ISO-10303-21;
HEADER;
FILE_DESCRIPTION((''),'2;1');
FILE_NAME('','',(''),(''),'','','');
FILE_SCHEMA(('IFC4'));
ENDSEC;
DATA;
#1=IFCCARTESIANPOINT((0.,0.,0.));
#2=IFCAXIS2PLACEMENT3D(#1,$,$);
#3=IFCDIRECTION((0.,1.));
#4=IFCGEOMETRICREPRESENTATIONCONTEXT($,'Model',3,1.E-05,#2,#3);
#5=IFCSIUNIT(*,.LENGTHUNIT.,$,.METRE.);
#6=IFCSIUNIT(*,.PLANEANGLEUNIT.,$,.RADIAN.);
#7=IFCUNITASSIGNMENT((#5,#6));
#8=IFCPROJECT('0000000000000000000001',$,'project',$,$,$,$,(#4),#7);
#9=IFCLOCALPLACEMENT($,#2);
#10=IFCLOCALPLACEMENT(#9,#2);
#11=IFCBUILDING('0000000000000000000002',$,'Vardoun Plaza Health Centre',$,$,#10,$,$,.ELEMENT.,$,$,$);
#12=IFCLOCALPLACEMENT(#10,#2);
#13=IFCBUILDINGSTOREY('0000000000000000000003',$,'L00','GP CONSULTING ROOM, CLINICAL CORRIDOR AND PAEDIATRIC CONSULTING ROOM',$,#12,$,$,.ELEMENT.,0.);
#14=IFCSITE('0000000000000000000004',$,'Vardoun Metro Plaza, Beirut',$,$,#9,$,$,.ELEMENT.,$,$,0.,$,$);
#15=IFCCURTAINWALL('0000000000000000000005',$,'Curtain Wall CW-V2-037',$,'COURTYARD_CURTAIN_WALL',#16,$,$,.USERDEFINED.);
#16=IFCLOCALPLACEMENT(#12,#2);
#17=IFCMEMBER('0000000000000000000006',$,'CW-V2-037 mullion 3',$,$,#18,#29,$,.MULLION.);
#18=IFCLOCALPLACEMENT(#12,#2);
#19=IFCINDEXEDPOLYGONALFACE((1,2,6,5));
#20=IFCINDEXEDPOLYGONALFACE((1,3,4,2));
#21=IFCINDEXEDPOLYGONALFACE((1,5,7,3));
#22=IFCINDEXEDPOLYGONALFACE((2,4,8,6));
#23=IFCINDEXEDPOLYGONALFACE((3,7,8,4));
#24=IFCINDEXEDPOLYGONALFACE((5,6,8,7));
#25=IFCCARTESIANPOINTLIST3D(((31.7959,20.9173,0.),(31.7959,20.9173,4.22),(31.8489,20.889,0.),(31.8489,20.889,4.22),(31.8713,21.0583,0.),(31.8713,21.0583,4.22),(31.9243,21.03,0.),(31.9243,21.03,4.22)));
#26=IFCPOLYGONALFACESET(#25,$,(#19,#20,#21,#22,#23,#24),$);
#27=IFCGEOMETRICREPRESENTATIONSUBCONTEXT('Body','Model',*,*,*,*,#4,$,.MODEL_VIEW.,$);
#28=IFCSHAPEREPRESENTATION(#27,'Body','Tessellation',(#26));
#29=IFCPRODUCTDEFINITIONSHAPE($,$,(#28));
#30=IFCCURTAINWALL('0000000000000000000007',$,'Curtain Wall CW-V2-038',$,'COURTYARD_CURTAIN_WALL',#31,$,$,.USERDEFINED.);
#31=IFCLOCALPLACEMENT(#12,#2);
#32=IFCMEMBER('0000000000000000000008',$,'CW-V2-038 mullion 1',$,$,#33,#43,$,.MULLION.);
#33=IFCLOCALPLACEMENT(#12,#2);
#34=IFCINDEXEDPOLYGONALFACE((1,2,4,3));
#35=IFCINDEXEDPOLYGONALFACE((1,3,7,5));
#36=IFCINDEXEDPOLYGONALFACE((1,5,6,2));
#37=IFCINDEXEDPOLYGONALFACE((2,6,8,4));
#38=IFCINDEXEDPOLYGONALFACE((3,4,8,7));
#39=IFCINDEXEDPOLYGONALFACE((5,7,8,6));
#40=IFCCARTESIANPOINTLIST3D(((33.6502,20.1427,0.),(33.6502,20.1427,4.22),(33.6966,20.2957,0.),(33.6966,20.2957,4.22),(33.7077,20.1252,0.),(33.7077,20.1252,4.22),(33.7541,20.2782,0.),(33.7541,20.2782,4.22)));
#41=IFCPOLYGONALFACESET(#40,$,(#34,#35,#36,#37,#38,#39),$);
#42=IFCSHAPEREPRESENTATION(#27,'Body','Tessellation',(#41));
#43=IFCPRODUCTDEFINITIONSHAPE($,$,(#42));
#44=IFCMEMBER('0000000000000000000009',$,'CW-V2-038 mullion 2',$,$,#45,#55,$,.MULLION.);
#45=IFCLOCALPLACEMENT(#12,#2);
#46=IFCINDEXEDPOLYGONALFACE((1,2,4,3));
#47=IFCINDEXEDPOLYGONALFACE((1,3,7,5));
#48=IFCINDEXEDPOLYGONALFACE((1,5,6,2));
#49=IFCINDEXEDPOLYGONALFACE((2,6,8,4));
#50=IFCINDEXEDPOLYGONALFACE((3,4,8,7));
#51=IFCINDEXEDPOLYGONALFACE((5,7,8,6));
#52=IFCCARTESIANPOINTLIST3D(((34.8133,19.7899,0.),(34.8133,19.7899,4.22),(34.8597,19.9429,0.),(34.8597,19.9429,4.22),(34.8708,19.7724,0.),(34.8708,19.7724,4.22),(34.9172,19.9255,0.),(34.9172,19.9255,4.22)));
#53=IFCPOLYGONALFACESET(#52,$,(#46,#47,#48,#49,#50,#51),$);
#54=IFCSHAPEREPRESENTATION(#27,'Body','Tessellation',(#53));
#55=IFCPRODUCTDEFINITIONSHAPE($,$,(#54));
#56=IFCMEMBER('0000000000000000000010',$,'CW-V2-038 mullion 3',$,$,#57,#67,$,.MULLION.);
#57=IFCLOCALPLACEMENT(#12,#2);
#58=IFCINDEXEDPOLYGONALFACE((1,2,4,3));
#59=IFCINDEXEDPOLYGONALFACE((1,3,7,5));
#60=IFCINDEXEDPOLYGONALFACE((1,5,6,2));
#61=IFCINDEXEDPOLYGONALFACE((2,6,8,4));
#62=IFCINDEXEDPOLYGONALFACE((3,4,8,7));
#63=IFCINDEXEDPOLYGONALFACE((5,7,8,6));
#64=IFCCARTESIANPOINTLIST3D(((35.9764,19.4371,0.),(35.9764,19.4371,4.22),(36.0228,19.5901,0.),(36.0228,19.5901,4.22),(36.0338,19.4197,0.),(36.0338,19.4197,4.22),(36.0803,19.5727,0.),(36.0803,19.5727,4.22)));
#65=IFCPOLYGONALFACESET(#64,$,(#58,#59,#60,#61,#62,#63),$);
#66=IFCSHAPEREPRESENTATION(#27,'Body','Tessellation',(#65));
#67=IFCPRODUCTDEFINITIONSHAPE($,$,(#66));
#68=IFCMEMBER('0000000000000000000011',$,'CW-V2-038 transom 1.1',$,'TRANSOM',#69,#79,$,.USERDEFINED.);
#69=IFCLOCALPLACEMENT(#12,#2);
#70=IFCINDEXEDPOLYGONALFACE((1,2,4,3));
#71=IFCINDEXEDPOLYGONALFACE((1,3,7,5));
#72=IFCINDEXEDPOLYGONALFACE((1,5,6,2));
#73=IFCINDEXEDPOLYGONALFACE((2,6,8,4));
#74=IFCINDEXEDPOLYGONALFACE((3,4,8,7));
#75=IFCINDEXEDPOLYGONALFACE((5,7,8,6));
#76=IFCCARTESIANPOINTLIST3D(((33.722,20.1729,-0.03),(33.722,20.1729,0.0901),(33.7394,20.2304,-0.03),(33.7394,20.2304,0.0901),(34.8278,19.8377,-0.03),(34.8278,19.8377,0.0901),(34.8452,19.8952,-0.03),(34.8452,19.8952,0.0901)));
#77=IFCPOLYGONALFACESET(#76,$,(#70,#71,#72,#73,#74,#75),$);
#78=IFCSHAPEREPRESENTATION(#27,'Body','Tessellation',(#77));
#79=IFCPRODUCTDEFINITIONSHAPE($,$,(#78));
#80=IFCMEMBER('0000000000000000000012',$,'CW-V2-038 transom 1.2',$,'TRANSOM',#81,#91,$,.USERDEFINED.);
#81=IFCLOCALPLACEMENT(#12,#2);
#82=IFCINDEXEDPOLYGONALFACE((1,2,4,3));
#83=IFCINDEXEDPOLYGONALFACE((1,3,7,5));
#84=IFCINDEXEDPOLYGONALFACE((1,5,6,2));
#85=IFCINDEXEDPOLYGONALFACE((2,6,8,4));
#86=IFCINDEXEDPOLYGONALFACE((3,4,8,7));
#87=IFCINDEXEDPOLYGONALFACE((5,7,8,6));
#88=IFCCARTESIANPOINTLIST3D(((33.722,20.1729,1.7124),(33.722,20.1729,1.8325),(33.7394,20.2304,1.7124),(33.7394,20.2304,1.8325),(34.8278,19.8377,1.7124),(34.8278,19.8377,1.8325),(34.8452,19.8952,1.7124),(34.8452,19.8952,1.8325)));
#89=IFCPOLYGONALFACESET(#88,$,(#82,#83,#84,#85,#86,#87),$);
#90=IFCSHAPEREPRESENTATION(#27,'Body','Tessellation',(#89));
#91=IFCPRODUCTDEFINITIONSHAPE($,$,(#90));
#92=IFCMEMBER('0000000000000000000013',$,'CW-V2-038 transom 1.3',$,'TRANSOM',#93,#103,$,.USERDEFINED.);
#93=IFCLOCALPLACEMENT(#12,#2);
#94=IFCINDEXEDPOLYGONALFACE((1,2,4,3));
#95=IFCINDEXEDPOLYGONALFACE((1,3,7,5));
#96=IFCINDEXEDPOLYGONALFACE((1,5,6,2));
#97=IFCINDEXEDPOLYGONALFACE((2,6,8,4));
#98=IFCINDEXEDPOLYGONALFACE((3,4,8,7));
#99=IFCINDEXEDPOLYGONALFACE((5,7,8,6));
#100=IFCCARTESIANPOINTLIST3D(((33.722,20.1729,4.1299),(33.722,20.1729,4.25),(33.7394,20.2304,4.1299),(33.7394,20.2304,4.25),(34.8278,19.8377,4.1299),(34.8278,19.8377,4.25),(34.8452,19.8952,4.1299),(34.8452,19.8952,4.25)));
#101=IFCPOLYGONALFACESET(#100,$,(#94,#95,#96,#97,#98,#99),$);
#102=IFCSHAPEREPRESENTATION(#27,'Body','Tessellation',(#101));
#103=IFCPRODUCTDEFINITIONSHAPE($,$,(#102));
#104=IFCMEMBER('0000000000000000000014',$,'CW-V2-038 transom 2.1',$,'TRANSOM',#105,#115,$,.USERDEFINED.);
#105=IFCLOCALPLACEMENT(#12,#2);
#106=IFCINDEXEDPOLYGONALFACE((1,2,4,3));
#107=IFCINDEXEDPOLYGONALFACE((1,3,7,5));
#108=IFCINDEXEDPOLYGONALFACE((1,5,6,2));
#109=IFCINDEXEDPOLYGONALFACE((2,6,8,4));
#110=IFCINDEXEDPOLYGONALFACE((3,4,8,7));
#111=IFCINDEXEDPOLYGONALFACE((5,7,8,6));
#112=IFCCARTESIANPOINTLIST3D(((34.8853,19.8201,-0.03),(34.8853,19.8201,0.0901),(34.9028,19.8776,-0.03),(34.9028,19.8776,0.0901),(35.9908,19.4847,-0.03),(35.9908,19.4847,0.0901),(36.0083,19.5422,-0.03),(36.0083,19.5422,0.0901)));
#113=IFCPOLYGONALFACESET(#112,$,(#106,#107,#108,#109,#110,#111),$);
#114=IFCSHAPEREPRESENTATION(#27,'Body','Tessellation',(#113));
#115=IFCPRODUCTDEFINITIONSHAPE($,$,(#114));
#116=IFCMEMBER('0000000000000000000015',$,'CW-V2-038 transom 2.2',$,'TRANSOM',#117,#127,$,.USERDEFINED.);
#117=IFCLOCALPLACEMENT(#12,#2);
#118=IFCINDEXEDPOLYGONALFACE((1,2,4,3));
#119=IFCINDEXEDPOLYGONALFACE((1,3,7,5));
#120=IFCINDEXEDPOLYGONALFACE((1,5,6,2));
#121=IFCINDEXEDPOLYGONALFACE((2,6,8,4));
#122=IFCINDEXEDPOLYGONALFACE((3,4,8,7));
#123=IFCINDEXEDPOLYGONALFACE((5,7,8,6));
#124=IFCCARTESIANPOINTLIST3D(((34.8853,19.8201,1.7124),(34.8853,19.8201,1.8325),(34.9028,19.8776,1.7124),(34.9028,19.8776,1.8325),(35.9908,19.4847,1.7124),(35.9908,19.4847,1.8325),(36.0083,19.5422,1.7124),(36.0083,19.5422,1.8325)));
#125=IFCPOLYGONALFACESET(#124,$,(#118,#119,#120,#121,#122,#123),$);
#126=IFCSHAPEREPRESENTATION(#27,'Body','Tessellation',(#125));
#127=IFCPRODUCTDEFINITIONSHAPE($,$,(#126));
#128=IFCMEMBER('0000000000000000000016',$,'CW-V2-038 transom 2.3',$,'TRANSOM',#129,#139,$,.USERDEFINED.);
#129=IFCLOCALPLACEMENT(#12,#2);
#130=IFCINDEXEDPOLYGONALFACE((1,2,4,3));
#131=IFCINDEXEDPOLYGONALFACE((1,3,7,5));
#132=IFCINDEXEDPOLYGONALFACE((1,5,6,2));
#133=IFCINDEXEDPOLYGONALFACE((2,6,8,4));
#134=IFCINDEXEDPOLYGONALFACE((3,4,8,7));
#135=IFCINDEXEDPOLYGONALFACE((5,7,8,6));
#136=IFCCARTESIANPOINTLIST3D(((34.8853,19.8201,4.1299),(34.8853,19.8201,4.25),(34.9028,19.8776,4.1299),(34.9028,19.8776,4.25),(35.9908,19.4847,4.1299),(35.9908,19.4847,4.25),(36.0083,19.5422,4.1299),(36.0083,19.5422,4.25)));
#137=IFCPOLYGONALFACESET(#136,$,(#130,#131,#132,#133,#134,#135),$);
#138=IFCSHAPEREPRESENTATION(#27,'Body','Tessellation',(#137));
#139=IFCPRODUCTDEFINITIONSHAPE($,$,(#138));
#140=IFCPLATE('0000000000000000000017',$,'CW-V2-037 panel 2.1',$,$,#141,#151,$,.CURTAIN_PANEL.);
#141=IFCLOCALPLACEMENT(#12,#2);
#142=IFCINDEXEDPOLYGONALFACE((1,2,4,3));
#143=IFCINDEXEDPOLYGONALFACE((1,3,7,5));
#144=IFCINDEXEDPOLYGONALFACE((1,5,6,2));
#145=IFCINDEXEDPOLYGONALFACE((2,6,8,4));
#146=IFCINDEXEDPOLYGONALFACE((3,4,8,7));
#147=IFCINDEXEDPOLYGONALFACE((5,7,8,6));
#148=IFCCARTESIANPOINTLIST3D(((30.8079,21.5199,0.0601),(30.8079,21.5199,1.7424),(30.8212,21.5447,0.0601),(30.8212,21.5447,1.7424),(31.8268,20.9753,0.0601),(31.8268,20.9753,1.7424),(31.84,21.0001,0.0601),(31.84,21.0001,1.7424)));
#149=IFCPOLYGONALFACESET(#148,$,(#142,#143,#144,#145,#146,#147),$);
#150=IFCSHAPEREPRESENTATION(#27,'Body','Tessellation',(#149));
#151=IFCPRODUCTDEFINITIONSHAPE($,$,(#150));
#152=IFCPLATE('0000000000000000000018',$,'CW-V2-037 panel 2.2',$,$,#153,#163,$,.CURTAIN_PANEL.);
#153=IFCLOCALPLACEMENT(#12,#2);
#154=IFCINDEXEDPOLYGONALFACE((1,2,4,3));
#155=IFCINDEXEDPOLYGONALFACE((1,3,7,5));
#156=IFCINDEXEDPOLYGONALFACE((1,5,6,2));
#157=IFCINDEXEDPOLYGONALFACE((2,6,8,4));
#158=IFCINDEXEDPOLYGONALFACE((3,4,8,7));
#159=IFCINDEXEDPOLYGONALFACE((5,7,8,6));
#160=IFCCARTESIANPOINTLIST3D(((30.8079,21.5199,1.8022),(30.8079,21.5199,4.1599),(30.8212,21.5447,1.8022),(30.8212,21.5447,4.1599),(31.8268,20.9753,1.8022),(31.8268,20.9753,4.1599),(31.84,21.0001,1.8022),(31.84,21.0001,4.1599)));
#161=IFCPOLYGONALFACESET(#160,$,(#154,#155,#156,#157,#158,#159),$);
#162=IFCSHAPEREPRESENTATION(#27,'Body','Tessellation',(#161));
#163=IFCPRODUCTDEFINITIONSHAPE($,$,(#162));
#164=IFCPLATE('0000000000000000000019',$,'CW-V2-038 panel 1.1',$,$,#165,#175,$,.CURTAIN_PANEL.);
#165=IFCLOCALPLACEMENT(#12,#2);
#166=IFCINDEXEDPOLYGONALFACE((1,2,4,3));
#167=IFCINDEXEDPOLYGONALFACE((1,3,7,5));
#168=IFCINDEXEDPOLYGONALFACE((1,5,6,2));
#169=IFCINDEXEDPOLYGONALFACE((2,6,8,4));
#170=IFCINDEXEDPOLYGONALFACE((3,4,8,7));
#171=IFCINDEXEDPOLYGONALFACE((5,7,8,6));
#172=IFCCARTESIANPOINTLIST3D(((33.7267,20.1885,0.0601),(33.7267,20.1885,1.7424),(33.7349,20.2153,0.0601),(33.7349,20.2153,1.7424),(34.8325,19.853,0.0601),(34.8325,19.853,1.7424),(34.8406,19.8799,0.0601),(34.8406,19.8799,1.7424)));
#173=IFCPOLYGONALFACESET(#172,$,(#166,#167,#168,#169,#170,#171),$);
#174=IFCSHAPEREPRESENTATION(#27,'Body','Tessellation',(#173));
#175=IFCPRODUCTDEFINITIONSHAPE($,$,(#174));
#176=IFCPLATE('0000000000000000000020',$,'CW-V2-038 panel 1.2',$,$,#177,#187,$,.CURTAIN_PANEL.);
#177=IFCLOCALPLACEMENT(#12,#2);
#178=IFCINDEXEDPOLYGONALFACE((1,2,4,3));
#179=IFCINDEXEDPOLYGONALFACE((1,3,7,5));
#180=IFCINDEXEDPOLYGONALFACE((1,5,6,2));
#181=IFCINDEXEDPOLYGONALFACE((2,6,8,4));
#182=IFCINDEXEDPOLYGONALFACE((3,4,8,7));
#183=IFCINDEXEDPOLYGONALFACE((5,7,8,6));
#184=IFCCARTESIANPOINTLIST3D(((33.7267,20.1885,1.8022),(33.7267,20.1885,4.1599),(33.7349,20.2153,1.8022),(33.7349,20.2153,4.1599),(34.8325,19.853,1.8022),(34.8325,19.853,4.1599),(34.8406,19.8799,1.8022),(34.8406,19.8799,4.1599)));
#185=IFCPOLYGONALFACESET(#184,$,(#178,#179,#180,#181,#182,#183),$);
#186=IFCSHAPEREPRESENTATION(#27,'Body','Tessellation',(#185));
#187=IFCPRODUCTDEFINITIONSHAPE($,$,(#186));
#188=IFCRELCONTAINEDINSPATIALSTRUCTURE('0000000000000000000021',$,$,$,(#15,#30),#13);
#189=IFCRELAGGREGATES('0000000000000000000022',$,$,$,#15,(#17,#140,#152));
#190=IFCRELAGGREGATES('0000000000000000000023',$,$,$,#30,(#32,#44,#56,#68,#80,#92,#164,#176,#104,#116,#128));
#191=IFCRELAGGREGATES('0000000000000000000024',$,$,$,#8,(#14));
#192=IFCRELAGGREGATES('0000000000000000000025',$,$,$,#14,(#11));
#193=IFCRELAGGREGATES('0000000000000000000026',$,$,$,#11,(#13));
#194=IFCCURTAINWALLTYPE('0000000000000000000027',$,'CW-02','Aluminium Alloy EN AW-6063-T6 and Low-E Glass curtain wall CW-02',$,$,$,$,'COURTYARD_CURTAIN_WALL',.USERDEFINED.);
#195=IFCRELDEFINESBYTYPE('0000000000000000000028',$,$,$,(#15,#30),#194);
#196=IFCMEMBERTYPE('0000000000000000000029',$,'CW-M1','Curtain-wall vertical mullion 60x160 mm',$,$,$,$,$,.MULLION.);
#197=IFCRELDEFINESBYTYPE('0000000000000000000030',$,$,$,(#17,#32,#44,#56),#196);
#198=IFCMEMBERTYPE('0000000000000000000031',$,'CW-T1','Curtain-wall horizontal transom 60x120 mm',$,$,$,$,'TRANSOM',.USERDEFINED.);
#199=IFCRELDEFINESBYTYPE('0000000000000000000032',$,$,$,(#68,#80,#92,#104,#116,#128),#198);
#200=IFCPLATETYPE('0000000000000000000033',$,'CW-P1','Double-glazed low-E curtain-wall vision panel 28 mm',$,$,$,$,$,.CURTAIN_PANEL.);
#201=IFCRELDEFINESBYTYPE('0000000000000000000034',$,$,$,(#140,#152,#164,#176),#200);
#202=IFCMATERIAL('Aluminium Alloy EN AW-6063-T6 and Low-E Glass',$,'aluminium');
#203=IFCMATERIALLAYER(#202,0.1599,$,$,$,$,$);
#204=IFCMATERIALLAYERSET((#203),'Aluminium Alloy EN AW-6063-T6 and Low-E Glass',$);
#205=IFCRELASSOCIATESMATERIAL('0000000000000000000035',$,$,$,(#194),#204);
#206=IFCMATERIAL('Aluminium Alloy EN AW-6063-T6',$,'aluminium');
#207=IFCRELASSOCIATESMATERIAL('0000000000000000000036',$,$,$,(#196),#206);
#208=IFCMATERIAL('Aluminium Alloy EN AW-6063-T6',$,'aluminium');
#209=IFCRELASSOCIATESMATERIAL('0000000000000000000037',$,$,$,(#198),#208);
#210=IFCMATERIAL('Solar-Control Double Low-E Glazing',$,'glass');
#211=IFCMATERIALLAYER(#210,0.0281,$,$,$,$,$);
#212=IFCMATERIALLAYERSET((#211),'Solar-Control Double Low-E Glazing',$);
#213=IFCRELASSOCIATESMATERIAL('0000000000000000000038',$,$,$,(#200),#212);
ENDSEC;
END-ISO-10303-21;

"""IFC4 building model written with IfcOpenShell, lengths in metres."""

from ifc_helpers import new_model, si_unit, direction, frame, origin, origin_2d, place, context, subcontext, project, spatial, rectangle, extrude, material, layer, layer_set, material_profile, profile_set, type_object, element, aggregate, save


model = new_model("IFC4")

# Units and contexts
model_context = context("Model", 3, precision=1e-05, world=origin(), true_north=direction((0.0, 1.0)))
body_context = subcontext(model_context, "Body", "Model", "MODEL_VIEW")
ifc_project = project(units=[si_unit("LENGTHUNIT", "METRE"), si_unit("PLANEANGLEUNIT", "RADIAN")], contexts=[model_context])

# Site, building, storey
site_placement = place(None, origin())
site = spatial("IfcSite", under=ifc_project, at=site_placement, Name="Vardoun Metro Plaza, Beirut", CompositionType="ELEMENT", RefElevation=0.0)
building_placement = place(site_placement, origin())
building = spatial("IfcBuilding", under=site, at=building_placement, Name="Vardoun Plaza Health Centre", CompositionType="ELEMENT")
storey_placement = place(building_placement, origin())
storey = spatial("IfcBuildingStorey", under=building, at=storey_placement, Name="L00", Description="GP CONSULTING ROOM, CLINICAL CORRIDOR AND PAEDIATRIC CONSULTING ROOM", CompositionType="ELEMENT", Elevation=0.0)

# Curtain wall, member
ifc_material_1 = material(Name="Aluminium Alloy EN AW-6063-T6 and Low-E Glass", Category="aluminium")
ifc_layer_1 = layer(ifc_material_1, 0.1599)
ifc_layer_set_1 = layer_set([ifc_layer_1], Name="Aluminium Alloy EN AW-6063-T6 and Low-E Glass")
curtain_wall_type = type_object("IfcCurtainWallType", Name="CW-02", Description="Aluminium Alloy EN AW-6063-T6 and Low-E Glass curtain wall CW-02", ElementType="COURTYARD_CURTAIN_WALL", PredefinedType="USERDEFINED", material=ifc_layer_set_1)
curtain_wall_1_placement = place(storey_placement, origin())
curtain_wall_1 = element("IfcCurtainWall", 1, at=curtain_wall_1_placement, inside=storey, type_object=curtain_wall_type, Name="Curtain Wall CW-V2-037", ObjectType="COURTYARD_CURTAIN_WALL", PredefinedType="USERDEFINED")
ifc_material_2 = material(Name="Aluminium Alloy EN AW-6063-T6", Category="aluminium")
ifc_material_profile_1 = material_profile(ifc_material_2, rectangle(XDim=0.1599, YDim=0.0601, at=origin_2d()), Name="CWM 60x160")
ifc_profile_set_1 = profile_set([ifc_material_profile_1], Name="Aluminium Alloy EN AW-6063-T6")
member_type_1 = type_object("IfcMemberType", Name="CW-M1", Description="Curtain-wall vertical mullion 60x160 mm", PredefinedType="MULLION", material=ifc_profile_set_1)
member_1_placement = place(storey_placement, frame((31.8601, 20.9736, 0.0), z_axis=(0.0, 0.0, 1.0), x_axis=(0.471395, 0.881922, 0.0)))
member_1 = element("IfcMember", 2, at=member_1_placement, type_object=member_type_1, Name="CW-V2-037 mullion 3", PredefinedType="MULLION", context=body_context, shape_type="SweptSolid", body=[
    extrude(rectangle(XDim=0.1599, YDim=0.0601, at=origin_2d()), origin(), (0.0, 0.0, 1.0), 4.22),
])

# Curtain wall, members
curtain_wall_2_placement = place(storey_placement, origin())
curtain_wall_2 = element("IfcCurtainWall", 3, at=curtain_wall_2_placement, inside=storey, type_object=curtain_wall_type, Name="Curtain Wall CW-V2-038", ObjectType="COURTYARD_CURTAIN_WALL", PredefinedType="USERDEFINED")
member_2_placement = place(storey_placement, frame((33.7021, 20.2104, 0.0), z_axis=(0.0, 0.0, 1.0), x_axis=(0.2903, 0.956936, 0.0)))
member_2 = element("IfcMember", 4, at=member_2_placement, type_object=member_type_1, Name="CW-V2-038 mullion 1", PredefinedType="MULLION", context=body_context, shape_type="SweptSolid", body=[
    extrude(rectangle(XDim=0.1599, YDim=0.0601, at=origin_2d()), origin(), (0.0, 0.0, 1.0), 4.22),
])
member_3_placement = place(storey_placement, frame((34.8652, 19.8577, 0.0), z_axis=(0.0, 0.0, 1.0), x_axis=(0.2903, 0.956936, 0.0)))
member_3 = element("IfcMember", 5, at=member_3_placement, type_object=member_type_1, Name="CW-V2-038 mullion 2", PredefinedType="MULLION", context=body_context, shape_type="SweptSolid", body=[
    extrude(rectangle(XDim=0.1599, YDim=0.0601, at=origin_2d()), origin(), (0.0, 0.0, 1.0), 4.22),
])
member_4_placement = place(storey_placement, frame((36.0283, 19.5049, 0.0), z_axis=(0.0, 0.0, 1.0), x_axis=(0.2903, 0.956936, 0.0)))
member_4 = element("IfcMember", 6, at=member_4_placement, type_object=member_type_1, Name="CW-V2-038 mullion 3", PredefinedType="MULLION", context=body_context, shape_type="SweptSolid", body=[
    extrude(rectangle(XDim=0.1599, YDim=0.0601, at=origin_2d()), origin(), (0.0, 0.0, 1.0), 4.22),
])
ifc_material_3 = material(Name="Aluminium Alloy EN AW-6063-T6", Category="aluminium")
ifc_material_profile_2 = material_profile(ifc_material_3, rectangle(XDim=0.0601, YDim=0.1201, at=origin_2d()), Name="CWT 60x120")
ifc_profile_set_2 = profile_set([ifc_material_profile_2], Name="Aluminium Alloy EN AW-6063-T6")
member_type_2 = type_object("IfcMemberType", Name="CW-T1", Description="Curtain-wall horizontal transom 60x120 mm", ElementType="TRANSOM", PredefinedType="USERDEFINED", material=ifc_profile_set_2)
member_5_placement = place(storey_placement, frame((33.7307, 20.2017, 0.03), z_axis=(0.956991, -0.290119, 0.0), x_axis=(0.290119, 0.956991, 0.0)))
member_5 = element("IfcMember", 7, at=member_5_placement, type_object=member_type_2, Name="CW-V2-038 transom 1.1", ObjectType="TRANSOM", PredefinedType="USERDEFINED", context=body_context, shape_type="SweptSolid", body=[
    extrude(rectangle(XDim=0.0601, YDim=0.1201, at=origin_2d()), origin(), (0.0, 0.0, 1.0), 1.1555),
])
member_6_placement = place(storey_placement, frame((33.7307, 20.2017, 1.7725), z_axis=(0.956991, -0.290119, 0.0), x_axis=(0.290119, 0.956991, 0.0)))
member_6 = element("IfcMember", 8, at=member_6_placement, type_object=member_type_2, Name="CW-V2-038 transom 1.2", ObjectType="TRANSOM", PredefinedType="USERDEFINED", context=body_context, shape_type="SweptSolid", body=[
    extrude(rectangle(XDim=0.0601, YDim=0.1201, at=origin_2d()), origin(), (0.0, 0.0, 1.0), 1.1555),
])
member_7_placement = place(storey_placement, frame((33.7307, 20.2017, 4.1899), z_axis=(0.956991, -0.290119, 0.0), x_axis=(0.290119, 0.956991, 0.0)))
member_7 = element("IfcMember", 9, at=member_7_placement, type_object=member_type_2, Name="CW-V2-038 transom 1.3", ObjectType="TRANSOM", PredefinedType="USERDEFINED", context=body_context, shape_type="SweptSolid", body=[
    extrude(rectangle(XDim=0.0601, YDim=0.1201, at=origin_2d()), origin(), (0.0, 0.0, 1.0), 1.1555),
])
member_8_placement = place(storey_placement, frame((34.894, 19.8489, 0.03), z_axis=(0.956914, -0.290371, 0.0), x_axis=(0.290371, 0.956914, 0.0)))
member_8 = element("IfcMember", 10, at=member_8_placement, type_object=member_type_2, Name="CW-V2-038 transom 2.1", ObjectType="TRANSOM", PredefinedType="USERDEFINED", context=body_context, shape_type="SweptSolid", body=[
    extrude(rectangle(XDim=0.0601, YDim=0.1201, at=origin_2d()), origin(), (0.0, 0.0, 1.0), 1.1553),
])
member_9_placement = place(storey_placement, frame((34.894, 19.8489, 1.7725), z_axis=(0.956914, -0.290371, 0.0), x_axis=(0.290371, 0.956914, 0.0)))
member_9 = element("IfcMember", 11, at=member_9_placement, type_object=member_type_2, Name="CW-V2-038 transom 2.2", ObjectType="TRANSOM", PredefinedType="USERDEFINED", context=body_context, shape_type="SweptSolid", body=[
    extrude(rectangle(XDim=0.0601, YDim=0.1201, at=origin_2d()), origin(), (0.0, 0.0, 1.0), 1.1553),
])
member_10_placement = place(storey_placement, frame((34.894, 19.8489, 4.1899), z_axis=(0.956914, -0.290371, 0.0), x_axis=(0.290371, 0.956914, 0.0)))
member_10 = element("IfcMember", 12, at=member_10_placement, type_object=member_type_2, Name="CW-V2-038 transom 2.3", ObjectType="TRANSOM", PredefinedType="USERDEFINED", context=body_context, shape_type="SweptSolid", body=[
    extrude(rectangle(XDim=0.0601, YDim=0.1201, at=origin_2d()), origin(), (0.0, 0.0, 1.0), 1.1553),
])

# Plates
ifc_material_4 = material(Name="Solar-Control Double Low-E Glazing", Category="glass")
ifc_layer_2 = layer(ifc_material_4, 0.0281)
ifc_layer_set_2 = layer_set([ifc_layer_2], Name="Solar-Control Double Low-E Glazing")
plate_type = type_object("IfcPlateType", Name="CW-P1", Description="Double-glazed low-E curtain-wall vision panel 28 mm", PredefinedType="CURTAIN_PANEL", material=ifc_layer_set_2)
plate_1_placement = place(storey_placement, frame((31.324, 21.26, 0.0601), z_axis=(0.0, 0.0, 1.0), x_axis=(0.881922, -0.471395, 0.0)))
plate_1 = element("IfcPlate", 13, at=plate_1_placement, type_object=plate_type, Name="CW-V2-037 panel 2.1", PredefinedType="CURTAIN_PANEL", context=body_context, shape_type="SweptSolid", body=[
    extrude(rectangle(XDim=1.1553, YDim=0.0281, at=origin_2d()), origin(), (0.0, 0.0, 1.0), 1.6824),
])
plate_2_placement = place(storey_placement, frame((31.324, 21.26, 1.8022), z_axis=(0.0, 0.0, 1.0), x_axis=(0.881922, -0.471395, 0.0)))
plate_2 = element("IfcPlate", 14, at=plate_2_placement, type_object=plate_type, Name="CW-V2-037 panel 2.2", PredefinedType="CURTAIN_PANEL", context=body_context, shape_type="SweptSolid", body=[
    extrude(rectangle(XDim=1.1553, YDim=0.0281, at=origin_2d()), origin(), (0.0, 0.0, 1.0), 2.3577),
])
aggregate(curtain_wall_1, [member_1, plate_1, plate_2])
plate_3_placement = place(storey_placement, frame((34.2837, 20.0342, 0.0601), z_axis=(0.0, 0.0, 1.0), x_axis=(0.956936, -0.2903, 0.0)))
plate_3 = element("IfcPlate", 15, at=plate_3_placement, type_object=plate_type, Name="CW-V2-038 panel 1.1", PredefinedType="CURTAIN_PANEL", context=body_context, shape_type="SweptSolid", body=[
    extrude(rectangle(XDim=1.1555, YDim=0.0281, at=origin_2d()), origin(), (0.0, 0.0, 1.0), 1.6824),
])
plate_4_placement = place(storey_placement, frame((34.2837, 20.0342, 1.8022), z_axis=(0.0, 0.0, 1.0), x_axis=(0.956936, -0.2903, 0.0)))
plate_4 = element("IfcPlate", 16, at=plate_4_placement, type_object=plate_type, Name="CW-V2-038 panel 1.2", PredefinedType="CURTAIN_PANEL", context=body_context, shape_type="SweptSolid", body=[
    extrude(rectangle(XDim=1.1555, YDim=0.0281, at=origin_2d()), origin(), (0.0, 0.0, 1.0), 2.3577),
])
aggregate(curtain_wall_2, [member_2, member_3, member_4, member_5, member_6, member_7, plate_3, plate_4, member_8, member_9, member_10])

save(model, "model.ifc")
